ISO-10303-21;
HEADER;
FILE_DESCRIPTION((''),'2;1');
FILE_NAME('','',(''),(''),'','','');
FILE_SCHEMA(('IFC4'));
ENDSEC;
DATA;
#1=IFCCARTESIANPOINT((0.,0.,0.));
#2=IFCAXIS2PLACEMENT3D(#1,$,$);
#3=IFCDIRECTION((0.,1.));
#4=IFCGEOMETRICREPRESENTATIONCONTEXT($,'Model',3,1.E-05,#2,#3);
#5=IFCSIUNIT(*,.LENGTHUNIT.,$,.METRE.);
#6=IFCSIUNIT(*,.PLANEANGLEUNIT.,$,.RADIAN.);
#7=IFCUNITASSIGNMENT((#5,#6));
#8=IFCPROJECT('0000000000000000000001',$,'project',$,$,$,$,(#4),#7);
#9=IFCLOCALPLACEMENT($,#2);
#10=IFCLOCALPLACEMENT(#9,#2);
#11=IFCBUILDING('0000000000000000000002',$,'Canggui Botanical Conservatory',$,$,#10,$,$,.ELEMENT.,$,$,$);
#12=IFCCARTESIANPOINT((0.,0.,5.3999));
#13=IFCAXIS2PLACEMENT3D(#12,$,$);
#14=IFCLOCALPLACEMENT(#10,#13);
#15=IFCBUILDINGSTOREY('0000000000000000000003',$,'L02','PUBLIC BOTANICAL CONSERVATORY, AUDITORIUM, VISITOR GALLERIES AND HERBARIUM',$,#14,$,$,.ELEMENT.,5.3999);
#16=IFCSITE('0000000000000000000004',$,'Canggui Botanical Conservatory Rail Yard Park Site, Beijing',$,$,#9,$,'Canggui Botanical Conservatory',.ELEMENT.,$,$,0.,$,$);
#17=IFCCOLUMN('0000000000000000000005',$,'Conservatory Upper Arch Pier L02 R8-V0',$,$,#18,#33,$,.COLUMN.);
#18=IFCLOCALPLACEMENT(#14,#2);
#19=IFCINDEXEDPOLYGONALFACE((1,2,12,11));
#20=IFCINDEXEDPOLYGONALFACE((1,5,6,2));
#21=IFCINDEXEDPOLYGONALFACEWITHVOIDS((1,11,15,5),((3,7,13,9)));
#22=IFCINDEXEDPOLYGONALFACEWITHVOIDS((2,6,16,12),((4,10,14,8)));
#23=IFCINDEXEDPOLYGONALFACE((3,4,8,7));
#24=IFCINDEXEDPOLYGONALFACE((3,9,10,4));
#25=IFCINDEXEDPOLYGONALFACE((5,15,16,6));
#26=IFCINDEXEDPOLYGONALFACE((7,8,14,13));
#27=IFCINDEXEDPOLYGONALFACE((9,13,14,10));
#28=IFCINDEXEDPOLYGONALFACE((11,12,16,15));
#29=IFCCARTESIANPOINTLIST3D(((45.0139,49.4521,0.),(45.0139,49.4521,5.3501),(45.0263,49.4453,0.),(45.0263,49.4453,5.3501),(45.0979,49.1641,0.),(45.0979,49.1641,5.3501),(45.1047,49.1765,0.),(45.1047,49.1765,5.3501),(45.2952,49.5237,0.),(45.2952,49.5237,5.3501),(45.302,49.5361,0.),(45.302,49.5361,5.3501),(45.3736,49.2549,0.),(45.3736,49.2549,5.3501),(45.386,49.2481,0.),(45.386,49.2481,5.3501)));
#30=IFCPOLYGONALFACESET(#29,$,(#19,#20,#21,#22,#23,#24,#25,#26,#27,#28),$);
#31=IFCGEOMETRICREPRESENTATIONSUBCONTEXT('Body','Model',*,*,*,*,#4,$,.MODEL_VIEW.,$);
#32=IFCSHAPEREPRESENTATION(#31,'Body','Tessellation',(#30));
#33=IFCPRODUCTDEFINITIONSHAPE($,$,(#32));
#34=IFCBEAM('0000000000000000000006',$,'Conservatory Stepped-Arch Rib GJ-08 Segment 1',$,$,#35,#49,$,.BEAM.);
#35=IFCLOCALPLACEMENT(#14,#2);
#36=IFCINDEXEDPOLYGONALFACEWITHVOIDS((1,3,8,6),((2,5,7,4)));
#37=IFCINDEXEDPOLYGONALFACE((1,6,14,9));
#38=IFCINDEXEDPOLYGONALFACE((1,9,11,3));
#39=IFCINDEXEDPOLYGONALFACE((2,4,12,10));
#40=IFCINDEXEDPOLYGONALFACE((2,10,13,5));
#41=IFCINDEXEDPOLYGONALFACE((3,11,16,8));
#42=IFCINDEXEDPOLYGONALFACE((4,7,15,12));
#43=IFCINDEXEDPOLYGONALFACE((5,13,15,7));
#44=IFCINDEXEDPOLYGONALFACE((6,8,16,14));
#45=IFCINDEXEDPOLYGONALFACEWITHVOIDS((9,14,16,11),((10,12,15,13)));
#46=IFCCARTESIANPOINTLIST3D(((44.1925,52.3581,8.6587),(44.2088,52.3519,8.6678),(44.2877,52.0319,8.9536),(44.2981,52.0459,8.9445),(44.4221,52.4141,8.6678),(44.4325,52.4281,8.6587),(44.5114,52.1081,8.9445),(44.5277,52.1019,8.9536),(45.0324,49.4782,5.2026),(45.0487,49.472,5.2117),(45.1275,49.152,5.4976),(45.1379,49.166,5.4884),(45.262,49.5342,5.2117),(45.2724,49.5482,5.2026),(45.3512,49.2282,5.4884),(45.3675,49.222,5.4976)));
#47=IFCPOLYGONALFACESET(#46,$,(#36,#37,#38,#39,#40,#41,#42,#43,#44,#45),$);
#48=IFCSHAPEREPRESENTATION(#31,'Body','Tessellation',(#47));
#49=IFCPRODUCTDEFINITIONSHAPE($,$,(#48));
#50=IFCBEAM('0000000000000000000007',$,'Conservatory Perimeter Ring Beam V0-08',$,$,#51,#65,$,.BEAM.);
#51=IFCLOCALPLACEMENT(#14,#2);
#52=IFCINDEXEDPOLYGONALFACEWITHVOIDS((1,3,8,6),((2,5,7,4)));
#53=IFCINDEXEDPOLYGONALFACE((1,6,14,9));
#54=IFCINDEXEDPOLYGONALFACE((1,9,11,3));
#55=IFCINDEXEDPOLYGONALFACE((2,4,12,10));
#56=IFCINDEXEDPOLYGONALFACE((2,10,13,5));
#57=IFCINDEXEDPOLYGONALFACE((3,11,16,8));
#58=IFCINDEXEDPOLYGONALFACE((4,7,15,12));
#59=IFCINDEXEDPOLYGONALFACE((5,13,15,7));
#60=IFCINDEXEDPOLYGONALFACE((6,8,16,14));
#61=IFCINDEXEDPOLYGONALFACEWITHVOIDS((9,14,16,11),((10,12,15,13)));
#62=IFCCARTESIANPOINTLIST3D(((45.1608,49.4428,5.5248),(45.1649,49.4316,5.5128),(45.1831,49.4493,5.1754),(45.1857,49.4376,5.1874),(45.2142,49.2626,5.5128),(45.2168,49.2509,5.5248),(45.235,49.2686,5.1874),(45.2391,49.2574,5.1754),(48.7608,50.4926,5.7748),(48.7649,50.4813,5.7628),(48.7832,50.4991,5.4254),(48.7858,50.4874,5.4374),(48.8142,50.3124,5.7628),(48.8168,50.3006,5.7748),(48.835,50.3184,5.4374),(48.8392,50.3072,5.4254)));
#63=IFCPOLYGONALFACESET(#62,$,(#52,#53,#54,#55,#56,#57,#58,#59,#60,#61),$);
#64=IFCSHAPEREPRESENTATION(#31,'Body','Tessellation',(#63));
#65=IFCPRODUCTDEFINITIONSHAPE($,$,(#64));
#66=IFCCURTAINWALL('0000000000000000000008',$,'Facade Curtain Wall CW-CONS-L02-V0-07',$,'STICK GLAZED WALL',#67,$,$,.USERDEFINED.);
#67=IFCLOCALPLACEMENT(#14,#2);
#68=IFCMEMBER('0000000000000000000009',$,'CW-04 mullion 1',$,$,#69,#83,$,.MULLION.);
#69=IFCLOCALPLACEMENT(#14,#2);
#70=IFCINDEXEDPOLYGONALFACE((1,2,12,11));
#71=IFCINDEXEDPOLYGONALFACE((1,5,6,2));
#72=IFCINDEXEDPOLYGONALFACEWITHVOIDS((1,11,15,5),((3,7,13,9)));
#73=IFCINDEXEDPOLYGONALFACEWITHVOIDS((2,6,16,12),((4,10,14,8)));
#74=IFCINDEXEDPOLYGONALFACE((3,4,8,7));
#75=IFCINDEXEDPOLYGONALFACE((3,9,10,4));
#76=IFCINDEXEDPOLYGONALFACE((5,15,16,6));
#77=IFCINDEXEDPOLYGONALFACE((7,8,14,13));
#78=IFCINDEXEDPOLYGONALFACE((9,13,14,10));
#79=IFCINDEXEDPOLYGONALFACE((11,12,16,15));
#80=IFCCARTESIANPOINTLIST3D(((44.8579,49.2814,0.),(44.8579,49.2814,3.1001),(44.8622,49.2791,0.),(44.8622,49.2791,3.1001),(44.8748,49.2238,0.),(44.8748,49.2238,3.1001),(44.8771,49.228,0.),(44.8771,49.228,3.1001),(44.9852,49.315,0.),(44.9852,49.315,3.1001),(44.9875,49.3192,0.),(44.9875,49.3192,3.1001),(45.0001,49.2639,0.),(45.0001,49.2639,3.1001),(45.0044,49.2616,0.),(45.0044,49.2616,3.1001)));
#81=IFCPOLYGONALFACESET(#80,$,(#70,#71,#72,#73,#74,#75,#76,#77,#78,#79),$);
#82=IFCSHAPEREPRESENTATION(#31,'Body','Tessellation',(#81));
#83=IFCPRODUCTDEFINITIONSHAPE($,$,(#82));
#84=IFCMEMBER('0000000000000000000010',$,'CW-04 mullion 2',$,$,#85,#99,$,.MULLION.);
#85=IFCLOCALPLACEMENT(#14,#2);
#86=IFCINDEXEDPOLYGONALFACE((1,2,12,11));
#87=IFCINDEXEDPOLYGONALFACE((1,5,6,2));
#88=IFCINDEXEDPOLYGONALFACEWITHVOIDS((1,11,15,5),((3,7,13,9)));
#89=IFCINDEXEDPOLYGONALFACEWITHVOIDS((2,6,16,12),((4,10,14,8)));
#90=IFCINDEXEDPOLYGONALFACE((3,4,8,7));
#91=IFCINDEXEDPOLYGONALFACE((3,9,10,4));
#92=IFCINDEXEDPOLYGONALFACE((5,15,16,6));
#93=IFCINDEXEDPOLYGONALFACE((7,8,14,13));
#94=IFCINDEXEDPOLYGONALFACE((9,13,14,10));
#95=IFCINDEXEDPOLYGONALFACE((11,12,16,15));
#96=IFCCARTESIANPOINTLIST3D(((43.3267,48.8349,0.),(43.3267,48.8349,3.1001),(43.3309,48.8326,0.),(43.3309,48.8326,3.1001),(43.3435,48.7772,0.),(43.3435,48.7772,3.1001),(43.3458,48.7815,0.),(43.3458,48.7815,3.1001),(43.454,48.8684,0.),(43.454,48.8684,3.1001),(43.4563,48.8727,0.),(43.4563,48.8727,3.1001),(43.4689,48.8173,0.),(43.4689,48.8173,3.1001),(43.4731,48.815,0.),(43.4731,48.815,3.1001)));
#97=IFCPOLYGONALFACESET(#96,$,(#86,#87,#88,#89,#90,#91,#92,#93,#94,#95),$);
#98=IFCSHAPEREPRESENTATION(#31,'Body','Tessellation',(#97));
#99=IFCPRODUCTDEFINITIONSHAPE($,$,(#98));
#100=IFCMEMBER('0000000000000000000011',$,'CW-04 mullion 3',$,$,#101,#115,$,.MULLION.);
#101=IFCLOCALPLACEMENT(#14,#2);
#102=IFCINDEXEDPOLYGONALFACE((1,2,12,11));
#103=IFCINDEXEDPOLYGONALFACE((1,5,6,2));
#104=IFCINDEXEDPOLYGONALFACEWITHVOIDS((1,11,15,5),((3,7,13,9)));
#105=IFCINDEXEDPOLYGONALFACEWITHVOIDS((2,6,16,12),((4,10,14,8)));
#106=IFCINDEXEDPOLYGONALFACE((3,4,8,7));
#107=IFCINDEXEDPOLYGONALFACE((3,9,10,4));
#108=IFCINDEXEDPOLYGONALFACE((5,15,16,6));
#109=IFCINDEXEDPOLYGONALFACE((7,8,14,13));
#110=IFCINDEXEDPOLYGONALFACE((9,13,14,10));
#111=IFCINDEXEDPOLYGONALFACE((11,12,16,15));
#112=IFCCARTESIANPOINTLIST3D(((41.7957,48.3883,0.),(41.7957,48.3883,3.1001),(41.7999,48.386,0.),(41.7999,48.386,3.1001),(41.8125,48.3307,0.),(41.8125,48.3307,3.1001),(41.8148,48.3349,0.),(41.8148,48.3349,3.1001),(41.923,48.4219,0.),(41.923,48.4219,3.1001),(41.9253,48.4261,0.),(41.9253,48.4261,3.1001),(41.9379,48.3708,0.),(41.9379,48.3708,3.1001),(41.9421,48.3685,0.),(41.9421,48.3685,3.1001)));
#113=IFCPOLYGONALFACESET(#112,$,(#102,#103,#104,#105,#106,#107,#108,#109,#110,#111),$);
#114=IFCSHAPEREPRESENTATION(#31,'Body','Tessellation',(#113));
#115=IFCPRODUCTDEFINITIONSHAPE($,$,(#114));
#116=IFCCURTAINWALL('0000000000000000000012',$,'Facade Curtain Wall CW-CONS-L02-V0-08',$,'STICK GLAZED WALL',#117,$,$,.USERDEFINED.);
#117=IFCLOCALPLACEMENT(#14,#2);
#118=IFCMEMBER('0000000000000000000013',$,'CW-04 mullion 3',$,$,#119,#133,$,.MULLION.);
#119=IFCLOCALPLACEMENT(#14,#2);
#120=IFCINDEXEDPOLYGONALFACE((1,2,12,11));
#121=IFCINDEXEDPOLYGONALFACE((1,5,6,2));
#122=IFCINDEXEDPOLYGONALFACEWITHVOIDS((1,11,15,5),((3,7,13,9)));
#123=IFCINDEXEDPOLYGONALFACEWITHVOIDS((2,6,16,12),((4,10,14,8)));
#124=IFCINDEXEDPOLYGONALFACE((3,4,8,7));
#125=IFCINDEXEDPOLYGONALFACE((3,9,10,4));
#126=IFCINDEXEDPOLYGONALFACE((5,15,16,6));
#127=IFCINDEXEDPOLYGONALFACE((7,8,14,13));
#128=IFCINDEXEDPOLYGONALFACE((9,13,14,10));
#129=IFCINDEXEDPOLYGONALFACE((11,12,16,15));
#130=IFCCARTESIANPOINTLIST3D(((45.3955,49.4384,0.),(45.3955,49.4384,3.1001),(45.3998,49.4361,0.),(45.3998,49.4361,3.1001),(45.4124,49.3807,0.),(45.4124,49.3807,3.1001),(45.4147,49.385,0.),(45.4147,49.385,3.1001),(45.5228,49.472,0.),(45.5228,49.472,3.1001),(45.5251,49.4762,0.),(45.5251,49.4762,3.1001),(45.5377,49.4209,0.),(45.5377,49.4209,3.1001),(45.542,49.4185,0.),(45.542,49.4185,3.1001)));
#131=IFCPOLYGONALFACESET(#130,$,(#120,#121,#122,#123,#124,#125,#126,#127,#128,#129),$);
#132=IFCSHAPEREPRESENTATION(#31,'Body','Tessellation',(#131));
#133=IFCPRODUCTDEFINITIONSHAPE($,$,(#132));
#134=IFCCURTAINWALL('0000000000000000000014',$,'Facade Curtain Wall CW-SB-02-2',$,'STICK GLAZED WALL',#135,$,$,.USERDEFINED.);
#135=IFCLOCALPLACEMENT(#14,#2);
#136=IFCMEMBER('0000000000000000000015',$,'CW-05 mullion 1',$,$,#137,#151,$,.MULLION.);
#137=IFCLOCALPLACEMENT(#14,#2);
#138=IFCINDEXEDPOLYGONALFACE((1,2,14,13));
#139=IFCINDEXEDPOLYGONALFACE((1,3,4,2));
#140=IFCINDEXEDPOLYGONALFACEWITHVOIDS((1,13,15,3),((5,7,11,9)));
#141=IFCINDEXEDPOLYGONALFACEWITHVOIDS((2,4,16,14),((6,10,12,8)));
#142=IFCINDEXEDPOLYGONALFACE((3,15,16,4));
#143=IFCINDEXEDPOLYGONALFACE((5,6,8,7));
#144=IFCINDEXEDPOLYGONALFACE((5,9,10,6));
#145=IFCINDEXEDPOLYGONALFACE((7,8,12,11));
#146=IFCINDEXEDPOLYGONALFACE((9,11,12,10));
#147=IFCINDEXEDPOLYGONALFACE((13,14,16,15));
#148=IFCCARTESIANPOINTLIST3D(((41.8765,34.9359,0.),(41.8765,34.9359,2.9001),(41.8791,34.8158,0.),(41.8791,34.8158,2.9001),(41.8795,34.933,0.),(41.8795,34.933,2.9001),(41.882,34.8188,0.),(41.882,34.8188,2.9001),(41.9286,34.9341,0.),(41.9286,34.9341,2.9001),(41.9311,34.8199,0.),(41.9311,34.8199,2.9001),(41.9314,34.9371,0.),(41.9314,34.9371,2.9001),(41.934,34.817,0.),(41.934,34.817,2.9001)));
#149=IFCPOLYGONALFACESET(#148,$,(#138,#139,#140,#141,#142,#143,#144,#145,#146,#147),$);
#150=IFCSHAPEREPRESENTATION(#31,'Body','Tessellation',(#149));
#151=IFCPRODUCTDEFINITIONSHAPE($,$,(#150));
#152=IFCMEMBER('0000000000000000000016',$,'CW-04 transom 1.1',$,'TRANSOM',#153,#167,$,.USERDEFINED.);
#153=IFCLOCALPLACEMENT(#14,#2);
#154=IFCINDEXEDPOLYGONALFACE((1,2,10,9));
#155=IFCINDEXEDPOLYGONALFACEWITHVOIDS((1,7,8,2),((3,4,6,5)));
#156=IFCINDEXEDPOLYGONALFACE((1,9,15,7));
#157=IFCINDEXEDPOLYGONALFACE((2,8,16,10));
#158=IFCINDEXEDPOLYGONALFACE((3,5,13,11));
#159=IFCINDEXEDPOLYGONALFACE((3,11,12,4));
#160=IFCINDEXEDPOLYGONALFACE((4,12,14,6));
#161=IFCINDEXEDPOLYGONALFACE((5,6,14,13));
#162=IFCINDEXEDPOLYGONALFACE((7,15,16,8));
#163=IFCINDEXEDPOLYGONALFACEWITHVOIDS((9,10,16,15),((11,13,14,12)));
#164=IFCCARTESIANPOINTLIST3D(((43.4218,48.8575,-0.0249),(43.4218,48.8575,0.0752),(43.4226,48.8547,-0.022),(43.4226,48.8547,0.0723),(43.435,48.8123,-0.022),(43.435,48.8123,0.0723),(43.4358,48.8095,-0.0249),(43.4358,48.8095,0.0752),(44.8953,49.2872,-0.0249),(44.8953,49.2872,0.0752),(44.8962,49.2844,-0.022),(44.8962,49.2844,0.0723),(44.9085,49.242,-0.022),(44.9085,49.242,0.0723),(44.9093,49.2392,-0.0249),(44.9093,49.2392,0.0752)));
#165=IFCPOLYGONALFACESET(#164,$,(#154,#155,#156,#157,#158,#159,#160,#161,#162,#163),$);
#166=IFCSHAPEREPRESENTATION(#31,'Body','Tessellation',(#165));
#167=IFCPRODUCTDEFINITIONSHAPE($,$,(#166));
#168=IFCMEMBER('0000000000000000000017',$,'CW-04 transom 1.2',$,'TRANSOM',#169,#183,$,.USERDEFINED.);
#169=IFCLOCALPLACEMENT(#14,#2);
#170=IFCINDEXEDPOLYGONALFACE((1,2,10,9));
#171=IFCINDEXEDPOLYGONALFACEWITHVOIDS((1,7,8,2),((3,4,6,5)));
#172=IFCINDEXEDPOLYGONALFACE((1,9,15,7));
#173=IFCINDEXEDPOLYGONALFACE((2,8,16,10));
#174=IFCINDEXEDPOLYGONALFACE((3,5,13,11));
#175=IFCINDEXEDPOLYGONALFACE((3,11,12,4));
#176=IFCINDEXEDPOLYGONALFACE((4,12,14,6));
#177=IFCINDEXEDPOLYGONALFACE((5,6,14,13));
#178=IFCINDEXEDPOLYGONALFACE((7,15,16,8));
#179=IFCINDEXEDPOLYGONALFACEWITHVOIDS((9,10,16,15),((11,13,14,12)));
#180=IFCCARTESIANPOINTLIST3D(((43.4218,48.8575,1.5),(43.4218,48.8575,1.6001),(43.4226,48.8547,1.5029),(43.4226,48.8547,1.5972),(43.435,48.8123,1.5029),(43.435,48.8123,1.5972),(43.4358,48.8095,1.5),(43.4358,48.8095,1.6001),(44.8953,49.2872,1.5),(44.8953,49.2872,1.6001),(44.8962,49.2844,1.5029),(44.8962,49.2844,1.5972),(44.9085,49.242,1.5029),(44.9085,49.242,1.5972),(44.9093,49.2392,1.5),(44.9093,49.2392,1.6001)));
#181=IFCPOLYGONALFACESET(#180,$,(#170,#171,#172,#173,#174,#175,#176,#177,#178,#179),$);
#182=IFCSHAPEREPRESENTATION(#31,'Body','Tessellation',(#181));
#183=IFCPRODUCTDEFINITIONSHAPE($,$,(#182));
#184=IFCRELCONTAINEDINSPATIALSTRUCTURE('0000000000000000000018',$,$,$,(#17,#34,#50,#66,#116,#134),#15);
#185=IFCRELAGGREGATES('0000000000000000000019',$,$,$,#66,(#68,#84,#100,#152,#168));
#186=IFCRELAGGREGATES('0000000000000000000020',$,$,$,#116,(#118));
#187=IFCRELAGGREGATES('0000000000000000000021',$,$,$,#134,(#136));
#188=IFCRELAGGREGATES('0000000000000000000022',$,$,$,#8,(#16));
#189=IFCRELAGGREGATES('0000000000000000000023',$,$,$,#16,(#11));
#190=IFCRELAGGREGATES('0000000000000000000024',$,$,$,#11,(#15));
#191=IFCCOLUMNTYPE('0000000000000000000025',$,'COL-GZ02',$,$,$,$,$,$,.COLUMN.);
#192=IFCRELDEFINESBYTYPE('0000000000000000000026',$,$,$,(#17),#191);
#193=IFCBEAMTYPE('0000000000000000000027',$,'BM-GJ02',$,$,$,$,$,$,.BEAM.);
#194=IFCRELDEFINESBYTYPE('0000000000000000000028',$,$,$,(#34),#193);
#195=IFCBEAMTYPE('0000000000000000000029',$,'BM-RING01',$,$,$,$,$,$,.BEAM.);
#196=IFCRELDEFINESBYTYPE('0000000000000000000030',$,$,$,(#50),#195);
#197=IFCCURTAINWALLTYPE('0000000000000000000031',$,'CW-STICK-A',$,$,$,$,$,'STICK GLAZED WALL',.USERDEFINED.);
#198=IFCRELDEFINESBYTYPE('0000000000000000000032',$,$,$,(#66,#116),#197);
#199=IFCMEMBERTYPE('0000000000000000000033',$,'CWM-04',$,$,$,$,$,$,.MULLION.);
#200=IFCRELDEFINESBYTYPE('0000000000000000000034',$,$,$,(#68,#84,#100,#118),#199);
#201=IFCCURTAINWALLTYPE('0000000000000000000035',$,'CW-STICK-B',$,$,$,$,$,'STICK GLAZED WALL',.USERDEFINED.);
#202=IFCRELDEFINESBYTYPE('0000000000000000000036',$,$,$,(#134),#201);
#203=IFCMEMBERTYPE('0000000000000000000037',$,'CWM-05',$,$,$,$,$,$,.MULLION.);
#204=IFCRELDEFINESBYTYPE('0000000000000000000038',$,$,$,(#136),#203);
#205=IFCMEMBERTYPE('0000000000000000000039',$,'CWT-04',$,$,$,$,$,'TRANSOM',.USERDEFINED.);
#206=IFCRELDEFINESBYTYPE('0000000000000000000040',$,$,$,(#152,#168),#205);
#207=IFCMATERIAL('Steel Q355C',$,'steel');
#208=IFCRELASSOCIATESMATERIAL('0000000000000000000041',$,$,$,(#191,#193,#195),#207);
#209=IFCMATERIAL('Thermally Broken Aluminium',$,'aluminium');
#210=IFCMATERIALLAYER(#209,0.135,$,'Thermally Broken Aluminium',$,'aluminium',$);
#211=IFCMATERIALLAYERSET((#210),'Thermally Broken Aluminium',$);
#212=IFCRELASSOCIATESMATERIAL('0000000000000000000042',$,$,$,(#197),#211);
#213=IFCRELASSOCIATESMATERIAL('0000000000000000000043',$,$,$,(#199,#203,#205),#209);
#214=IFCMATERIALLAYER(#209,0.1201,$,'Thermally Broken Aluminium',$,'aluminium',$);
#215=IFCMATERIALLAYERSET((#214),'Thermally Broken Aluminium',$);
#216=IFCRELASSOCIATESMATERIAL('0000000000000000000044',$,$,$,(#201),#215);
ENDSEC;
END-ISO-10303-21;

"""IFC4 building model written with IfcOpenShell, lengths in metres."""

from ifc_helpers import new_model, si_unit, direction, frame, origin, origin_2d, place, context, subcontext, project, spatial, hollow_rectangle, extrude, material, layer, layer_set, material_profile, profile_set, type_object, element, aggregate, save


model = new_model("IFC4")

# Units and contexts
model_context = context("Model", 3, precision=1e-05, world=origin(), true_north=direction((0.0, 1.0)))
body_context = subcontext(model_context, "Body", "Model", "MODEL_VIEW")
ifc_project = project(units=[si_unit("LENGTHUNIT", "METRE"), si_unit("PLANEANGLEUNIT", "RADIAN")], contexts=[model_context])

# Site, building, storey
site_placement = place(None, origin())
site = spatial("IfcSite", under=ifc_project, at=site_placement, Name="Canggui Botanical Conservatory Rail Yard Park Site, Beijing", LongName="Canggui Botanical Conservatory", CompositionType="ELEMENT", RefElevation=0.0)
building_placement = place(site_placement, origin())
building = spatial("IfcBuilding", under=site, at=building_placement, Name="Canggui Botanical Conservatory", CompositionType="ELEMENT")
storey_placement = place(building_placement, frame((0.0, 0.0, 5.3999)))
storey = spatial("IfcBuildingStorey", under=building, at=storey_placement, Name="L02", Description="PUBLIC BOTANICAL CONSERVATORY, AUDITORIUM, VISITOR GALLERIES AND HERBARIUM", CompositionType="ELEMENT", Elevation=5.3999)

# Column
ifc_material_1 = material(Name="Steel Q355C", Category="steel")
ifc_material_profile_1 = material_profile(ifc_material_1, hollow_rectangle(XDim=0.3, YDim=0.3, WallThickness=0.01, at=origin_2d()), Name="SHS 300x300x10")
ifc_profile_set_1 = profile_set([ifc_material_profile_1], Name="Steel Q355C")
column_type = type_object("IfcColumnType", Name="COL-GZ02", PredefinedType="COLUMN", material=ifc_profile_set_1)
column_placement = place(storey_placement, frame((45.2, 49.3501, 0.0), z_axis=(0.0, 0.0, 1.0), x_axis=(0.96, 0.28, 0.0)))
element("IfcColumn", 1, at=column_placement, inside=storey, type_object=column_type, Name="Conservatory Upper Arch Pier L02 R8-V0", PredefinedType="COLUMN", context=body_context, shape_type="SweptSolid", body=[
    extrude(hollow_rectangle(XDim=0.3, YDim=0.3, WallThickness=0.01, at=origin_2d()), origin(), (0.0, 0.0, 1.0), 5.3501),
])

# Beams
ifc_material_profile_2 = material_profile(ifc_material_1, hollow_rectangle(XDim=0.25, YDim=0.45, WallThickness=0.0139, at=origin_2d()), Name="RHS 250x450x14")
ifc_profile_set_2 = profile_set([ifc_material_profile_2], Name="Steel Q355C")
beam_type_1 = type_object("IfcBeamType", Name="BM-GJ02", PredefinedType="BEAM", material=ifc_profile_set_2)
beam_1_placement = place(storey_placement, frame((45.2, 49.3501, 5.3501), z_axis=(-0.183517, 0.629291, 0.755192), x_axis=(-0.960011, -0.279962, 0.0)))
element("IfcBeam", 2, at=beam_1_placement, inside=storey, type_object=beam_type_1, Name="Conservatory Stepped-Arch Rib GJ-08 Segment 1", PredefinedType="BEAM", context=body_context, shape_type="SweptSolid", body=[
    extrude(hollow_rectangle(XDim=0.25, YDim=0.45, WallThickness=0.0139, at=origin_2d()), origin(), (0.0, 0.0, 1.0), 4.5764),
])
ifc_material_profile_3 = material_profile(ifc_material_1, hollow_rectangle(XDim=0.2, YDim=0.3501, WallThickness=0.012, at=origin_2d()), Name="RHS 200x350x12")
ifc_profile_set_3 = profile_set([ifc_material_profile_3], Name="Steel Q355C")
beam_type_2 = type_object("IfcBeamType", Name="BM-RING01", PredefinedType="BEAM", material=ifc_profile_set_3)
beam_2_placement = place(storey_placement, frame((45.2, 49.3501, 5.3501), z_axis=(0.95789, 0.279325, 0.066518), x_axis=(-0.279945, 0.960016, 0.0)))
element("IfcBeam", 3, at=beam_2_placement, inside=storey, type_object=beam_type_2, Name="Conservatory Perimeter Ring Beam V0-08", PredefinedType="BEAM", context=body_context, shape_type="SweptSolid", body=[
    extrude(hollow_rectangle(XDim=0.2, YDim=0.3501, WallThickness=0.012, at=origin_2d()), origin(), (0.0, 0.0, 1.0), 3.7583),
])

# Curtain wall, members
ifc_material_2 = material(Name="Thermally Broken Aluminium", Category="aluminium")
ifc_layer_1 = layer(ifc_material_2, 0.135, Name="Thermally Broken Aluminium", Category="aluminium")
ifc_layer_set_1 = layer_set([ifc_layer_1], Name="Thermally Broken Aluminium")
curtain_wall_type_1 = type_object("IfcCurtainWallType", Name="CW-STICK-A", ElementType="STICK GLAZED WALL", PredefinedType="USERDEFINED", material=ifc_layer_set_1)
curtain_wall_1_placement = place(storey_placement, origin())
curtain_wall_1 = element("IfcCurtainWall", 4, at=curtain_wall_1_placement, inside=storey, type_object=curtain_wall_type_1, Name="Facade Curtain Wall CW-CONS-L02-V0-07", ObjectType="STICK GLAZED WALL", PredefinedType="USERDEFINED")
ifc_material_profile_4 = material_profile(ifc_material_2, hollow_rectangle(XDim=0.0601, YDim=0.135, WallThickness=0.0034, at=origin_2d()), Name="CWM 60x135x3.5")
ifc_profile_set_4 = profile_set([ifc_material_profile_4], Name="Thermally Broken Aluminium")
member_type_1 = type_object("IfcMemberType", Name="CWM-04", PredefinedType="MULLION", material=ifc_profile_set_4)
member_1_placement = place(storey_placement, frame((44.9312, 49.2715, 0.0), z_axis=(0.0, 0.0, 1.0), x_axis=(0.28, -0.96, 0.0)))
member_1 = element("IfcMember", 5, at=member_1_placement, type_object=member_type_1, Name="CW-04 mullion 1", PredefinedType="MULLION", context=body_context, shape_type="SweptSolid", body=[
    extrude(hollow_rectangle(XDim=0.0601, YDim=0.135, WallThickness=0.0034, at=origin_2d()), origin(), (0.0, 0.0, 1.0), 3.1001),
])
member_2_placement = place(storey_placement, frame((43.3999, 48.825, 0.0), z_axis=(0.0, 0.0, 1.0), x_axis=(0.28, -0.96, 0.0)))
member_2 = element("IfcMember", 6, at=member_2_placement, type_object=member_type_1, Name="CW-04 mullion 2", PredefinedType="MULLION", context=body_context, shape_type="SweptSolid", body=[
    extrude(hollow_rectangle(XDim=0.0601, YDim=0.135, WallThickness=0.0034, at=origin_2d()), origin(), (0.0, 0.0, 1.0), 3.1001),
])
member_3_placement = place(storey_placement, frame((41.8689, 48.3784, 0.0), z_axis=(0.0, 0.0, 1.0), x_axis=(0.28, -0.96, 0.0)))
member_3 = element("IfcMember", 7, at=member_3_placement, type_object=member_type_1, Name="CW-04 mullion 3", PredefinedType="MULLION", context=body_context, shape_type="SweptSolid", body=[
    extrude(hollow_rectangle(XDim=0.0601, YDim=0.135, WallThickness=0.0034, at=origin_2d()), origin(), (0.0, 0.0, 1.0), 3.1001),
])

# Curtain walls, members
curtain_wall_2_placement = place(storey_placement, origin())
curtain_wall_2 = element("IfcCurtainWall", 8, at=curtain_wall_2_placement, inside=storey, type_object=curtain_wall_type_1, Name="Facade Curtain Wall CW-CONS-L02-V0-08", ObjectType="STICK GLAZED WALL", PredefinedType="USERDEFINED")
member_4_placement = place(storey_placement, frame((45.4688, 49.4285, 0.0), z_axis=(0.0, 0.0, 1.0), x_axis=(0.28, -0.96, 0.0)))
member_4 = element("IfcMember", 9, at=member_4_placement, type_object=member_type_1, Name="CW-04 mullion 3", PredefinedType="MULLION", context=body_context, shape_type="SweptSolid", body=[
    extrude(hollow_rectangle(XDim=0.0601, YDim=0.135, WallThickness=0.0034, at=origin_2d()), origin(), (0.0, 0.0, 1.0), 3.1001),
])
ifc_layer_2 = layer(ifc_material_2, 0.1201, Name="Thermally Broken Aluminium", Category="aluminium")
ifc_layer_set_2 = layer_set([ifc_layer_2], Name="Thermally Broken Aluminium")
curtain_wall_type_2 = type_object("IfcCurtainWallType", Name="CW-STICK-B", ElementType="STICK GLAZED WALL", PredefinedType="USERDEFINED", material=ifc_layer_set_2)
curtain_wall_3_placement = place(storey_placement, origin())
curtain_wall_3 = element("IfcCurtainWall", 10, at=curtain_wall_3_placement, inside=storey, type_object=curtain_wall_type_2, Name="Facade Curtain Wall CW-SB-02-2", ObjectType="STICK GLAZED WALL", PredefinedType="USERDEFINED")
ifc_material_profile_5 = material_profile(ifc_material_2, hollow_rectangle(XDim=0.0549, YDim=0.1201, WallThickness=0.0029, at=origin_2d()), Name="CWM 55x120x3")
ifc_profile_set_5 = profile_set([ifc_material_profile_5], Name="Thermally Broken Aluminium")
member_type_2 = type_object("IfcMemberType", Name="CWM-05", PredefinedType="MULLION", material=ifc_profile_set_5)
member_5_placement = place(storey_placement, frame((41.9053, 34.8765, 0.0), z_axis=(0.0, 0.0, 1.0), x_axis=(-0.999761, -0.021853, 0.0)))
member_5 = element("IfcMember", 11, at=member_5_placement, type_object=member_type_2, Name="CW-05 mullion 1", PredefinedType="MULLION", context=body_context, shape_type="SweptSolid", body=[
    extrude(hollow_rectangle(XDim=0.0549, YDim=0.1201, WallThickness=0.0029, at=origin_2d()), origin(), (0.0, 0.0, 1.0), 2.9001),
])

# Members
ifc_material_profile_6 = material_profile(ifc_material_2, hollow_rectangle(XDim=0.05, YDim=0.1001, WallThickness=0.0029, at=origin_2d()), Name="CWT 50x100x3")
ifc_profile_set_6 = profile_set([ifc_material_profile_6], Name="Thermally Broken Aluminium")
member_type_3 = type_object("IfcMemberType", Name="CWT-04", ElementType="TRANSOM", PredefinedType="USERDEFINED", material=ifc_profile_set_6)
member_6_placement = place(storey_placement, frame((44.9023, 49.2632, 0.0251), z_axis=(-0.960021, -0.279927, 0.0), x_axis=(0.279927, -0.960021, 0.0)))
member_6 = element("IfcMember", 12, at=member_6_placement, type_object=member_type_3, Name="CW-04 transom 1.1", ObjectType="TRANSOM", PredefinedType="USERDEFINED", context=body_context, shape_type="SweptSolid", body=[
    extrude(hollow_rectangle(XDim=0.05, YDim=0.1001, WallThickness=0.0029, at=origin_2d()), origin(), (0.0, 0.0, 1.0), 1.5349),
])
member_7_placement = place(storey_placement, frame((44.9023, 49.2632, 1.55), z_axis=(-0.960021, -0.279927, 0.0), x_axis=(0.279927, -0.960021, 0.0)))
member_7 = element("IfcMember", 13, at=member_7_placement, type_object=member_type_3, Name="CW-04 transom 1.2", ObjectType="TRANSOM", PredefinedType="USERDEFINED", context=body_context, shape_type="SweptSolid", body=[
    extrude(hollow_rectangle(XDim=0.05, YDim=0.1001, WallThickness=0.0029, at=origin_2d()), origin(), (0.0, 0.0, 1.0), 1.5349),
])

aggregate(curtain_wall_1, [member_1, member_2, member_3, member_6, member_7])
aggregate(curtain_wall_2, [member_4])
aggregate(curtain_wall_3, [member_5])

save(model, "model.ifc")
